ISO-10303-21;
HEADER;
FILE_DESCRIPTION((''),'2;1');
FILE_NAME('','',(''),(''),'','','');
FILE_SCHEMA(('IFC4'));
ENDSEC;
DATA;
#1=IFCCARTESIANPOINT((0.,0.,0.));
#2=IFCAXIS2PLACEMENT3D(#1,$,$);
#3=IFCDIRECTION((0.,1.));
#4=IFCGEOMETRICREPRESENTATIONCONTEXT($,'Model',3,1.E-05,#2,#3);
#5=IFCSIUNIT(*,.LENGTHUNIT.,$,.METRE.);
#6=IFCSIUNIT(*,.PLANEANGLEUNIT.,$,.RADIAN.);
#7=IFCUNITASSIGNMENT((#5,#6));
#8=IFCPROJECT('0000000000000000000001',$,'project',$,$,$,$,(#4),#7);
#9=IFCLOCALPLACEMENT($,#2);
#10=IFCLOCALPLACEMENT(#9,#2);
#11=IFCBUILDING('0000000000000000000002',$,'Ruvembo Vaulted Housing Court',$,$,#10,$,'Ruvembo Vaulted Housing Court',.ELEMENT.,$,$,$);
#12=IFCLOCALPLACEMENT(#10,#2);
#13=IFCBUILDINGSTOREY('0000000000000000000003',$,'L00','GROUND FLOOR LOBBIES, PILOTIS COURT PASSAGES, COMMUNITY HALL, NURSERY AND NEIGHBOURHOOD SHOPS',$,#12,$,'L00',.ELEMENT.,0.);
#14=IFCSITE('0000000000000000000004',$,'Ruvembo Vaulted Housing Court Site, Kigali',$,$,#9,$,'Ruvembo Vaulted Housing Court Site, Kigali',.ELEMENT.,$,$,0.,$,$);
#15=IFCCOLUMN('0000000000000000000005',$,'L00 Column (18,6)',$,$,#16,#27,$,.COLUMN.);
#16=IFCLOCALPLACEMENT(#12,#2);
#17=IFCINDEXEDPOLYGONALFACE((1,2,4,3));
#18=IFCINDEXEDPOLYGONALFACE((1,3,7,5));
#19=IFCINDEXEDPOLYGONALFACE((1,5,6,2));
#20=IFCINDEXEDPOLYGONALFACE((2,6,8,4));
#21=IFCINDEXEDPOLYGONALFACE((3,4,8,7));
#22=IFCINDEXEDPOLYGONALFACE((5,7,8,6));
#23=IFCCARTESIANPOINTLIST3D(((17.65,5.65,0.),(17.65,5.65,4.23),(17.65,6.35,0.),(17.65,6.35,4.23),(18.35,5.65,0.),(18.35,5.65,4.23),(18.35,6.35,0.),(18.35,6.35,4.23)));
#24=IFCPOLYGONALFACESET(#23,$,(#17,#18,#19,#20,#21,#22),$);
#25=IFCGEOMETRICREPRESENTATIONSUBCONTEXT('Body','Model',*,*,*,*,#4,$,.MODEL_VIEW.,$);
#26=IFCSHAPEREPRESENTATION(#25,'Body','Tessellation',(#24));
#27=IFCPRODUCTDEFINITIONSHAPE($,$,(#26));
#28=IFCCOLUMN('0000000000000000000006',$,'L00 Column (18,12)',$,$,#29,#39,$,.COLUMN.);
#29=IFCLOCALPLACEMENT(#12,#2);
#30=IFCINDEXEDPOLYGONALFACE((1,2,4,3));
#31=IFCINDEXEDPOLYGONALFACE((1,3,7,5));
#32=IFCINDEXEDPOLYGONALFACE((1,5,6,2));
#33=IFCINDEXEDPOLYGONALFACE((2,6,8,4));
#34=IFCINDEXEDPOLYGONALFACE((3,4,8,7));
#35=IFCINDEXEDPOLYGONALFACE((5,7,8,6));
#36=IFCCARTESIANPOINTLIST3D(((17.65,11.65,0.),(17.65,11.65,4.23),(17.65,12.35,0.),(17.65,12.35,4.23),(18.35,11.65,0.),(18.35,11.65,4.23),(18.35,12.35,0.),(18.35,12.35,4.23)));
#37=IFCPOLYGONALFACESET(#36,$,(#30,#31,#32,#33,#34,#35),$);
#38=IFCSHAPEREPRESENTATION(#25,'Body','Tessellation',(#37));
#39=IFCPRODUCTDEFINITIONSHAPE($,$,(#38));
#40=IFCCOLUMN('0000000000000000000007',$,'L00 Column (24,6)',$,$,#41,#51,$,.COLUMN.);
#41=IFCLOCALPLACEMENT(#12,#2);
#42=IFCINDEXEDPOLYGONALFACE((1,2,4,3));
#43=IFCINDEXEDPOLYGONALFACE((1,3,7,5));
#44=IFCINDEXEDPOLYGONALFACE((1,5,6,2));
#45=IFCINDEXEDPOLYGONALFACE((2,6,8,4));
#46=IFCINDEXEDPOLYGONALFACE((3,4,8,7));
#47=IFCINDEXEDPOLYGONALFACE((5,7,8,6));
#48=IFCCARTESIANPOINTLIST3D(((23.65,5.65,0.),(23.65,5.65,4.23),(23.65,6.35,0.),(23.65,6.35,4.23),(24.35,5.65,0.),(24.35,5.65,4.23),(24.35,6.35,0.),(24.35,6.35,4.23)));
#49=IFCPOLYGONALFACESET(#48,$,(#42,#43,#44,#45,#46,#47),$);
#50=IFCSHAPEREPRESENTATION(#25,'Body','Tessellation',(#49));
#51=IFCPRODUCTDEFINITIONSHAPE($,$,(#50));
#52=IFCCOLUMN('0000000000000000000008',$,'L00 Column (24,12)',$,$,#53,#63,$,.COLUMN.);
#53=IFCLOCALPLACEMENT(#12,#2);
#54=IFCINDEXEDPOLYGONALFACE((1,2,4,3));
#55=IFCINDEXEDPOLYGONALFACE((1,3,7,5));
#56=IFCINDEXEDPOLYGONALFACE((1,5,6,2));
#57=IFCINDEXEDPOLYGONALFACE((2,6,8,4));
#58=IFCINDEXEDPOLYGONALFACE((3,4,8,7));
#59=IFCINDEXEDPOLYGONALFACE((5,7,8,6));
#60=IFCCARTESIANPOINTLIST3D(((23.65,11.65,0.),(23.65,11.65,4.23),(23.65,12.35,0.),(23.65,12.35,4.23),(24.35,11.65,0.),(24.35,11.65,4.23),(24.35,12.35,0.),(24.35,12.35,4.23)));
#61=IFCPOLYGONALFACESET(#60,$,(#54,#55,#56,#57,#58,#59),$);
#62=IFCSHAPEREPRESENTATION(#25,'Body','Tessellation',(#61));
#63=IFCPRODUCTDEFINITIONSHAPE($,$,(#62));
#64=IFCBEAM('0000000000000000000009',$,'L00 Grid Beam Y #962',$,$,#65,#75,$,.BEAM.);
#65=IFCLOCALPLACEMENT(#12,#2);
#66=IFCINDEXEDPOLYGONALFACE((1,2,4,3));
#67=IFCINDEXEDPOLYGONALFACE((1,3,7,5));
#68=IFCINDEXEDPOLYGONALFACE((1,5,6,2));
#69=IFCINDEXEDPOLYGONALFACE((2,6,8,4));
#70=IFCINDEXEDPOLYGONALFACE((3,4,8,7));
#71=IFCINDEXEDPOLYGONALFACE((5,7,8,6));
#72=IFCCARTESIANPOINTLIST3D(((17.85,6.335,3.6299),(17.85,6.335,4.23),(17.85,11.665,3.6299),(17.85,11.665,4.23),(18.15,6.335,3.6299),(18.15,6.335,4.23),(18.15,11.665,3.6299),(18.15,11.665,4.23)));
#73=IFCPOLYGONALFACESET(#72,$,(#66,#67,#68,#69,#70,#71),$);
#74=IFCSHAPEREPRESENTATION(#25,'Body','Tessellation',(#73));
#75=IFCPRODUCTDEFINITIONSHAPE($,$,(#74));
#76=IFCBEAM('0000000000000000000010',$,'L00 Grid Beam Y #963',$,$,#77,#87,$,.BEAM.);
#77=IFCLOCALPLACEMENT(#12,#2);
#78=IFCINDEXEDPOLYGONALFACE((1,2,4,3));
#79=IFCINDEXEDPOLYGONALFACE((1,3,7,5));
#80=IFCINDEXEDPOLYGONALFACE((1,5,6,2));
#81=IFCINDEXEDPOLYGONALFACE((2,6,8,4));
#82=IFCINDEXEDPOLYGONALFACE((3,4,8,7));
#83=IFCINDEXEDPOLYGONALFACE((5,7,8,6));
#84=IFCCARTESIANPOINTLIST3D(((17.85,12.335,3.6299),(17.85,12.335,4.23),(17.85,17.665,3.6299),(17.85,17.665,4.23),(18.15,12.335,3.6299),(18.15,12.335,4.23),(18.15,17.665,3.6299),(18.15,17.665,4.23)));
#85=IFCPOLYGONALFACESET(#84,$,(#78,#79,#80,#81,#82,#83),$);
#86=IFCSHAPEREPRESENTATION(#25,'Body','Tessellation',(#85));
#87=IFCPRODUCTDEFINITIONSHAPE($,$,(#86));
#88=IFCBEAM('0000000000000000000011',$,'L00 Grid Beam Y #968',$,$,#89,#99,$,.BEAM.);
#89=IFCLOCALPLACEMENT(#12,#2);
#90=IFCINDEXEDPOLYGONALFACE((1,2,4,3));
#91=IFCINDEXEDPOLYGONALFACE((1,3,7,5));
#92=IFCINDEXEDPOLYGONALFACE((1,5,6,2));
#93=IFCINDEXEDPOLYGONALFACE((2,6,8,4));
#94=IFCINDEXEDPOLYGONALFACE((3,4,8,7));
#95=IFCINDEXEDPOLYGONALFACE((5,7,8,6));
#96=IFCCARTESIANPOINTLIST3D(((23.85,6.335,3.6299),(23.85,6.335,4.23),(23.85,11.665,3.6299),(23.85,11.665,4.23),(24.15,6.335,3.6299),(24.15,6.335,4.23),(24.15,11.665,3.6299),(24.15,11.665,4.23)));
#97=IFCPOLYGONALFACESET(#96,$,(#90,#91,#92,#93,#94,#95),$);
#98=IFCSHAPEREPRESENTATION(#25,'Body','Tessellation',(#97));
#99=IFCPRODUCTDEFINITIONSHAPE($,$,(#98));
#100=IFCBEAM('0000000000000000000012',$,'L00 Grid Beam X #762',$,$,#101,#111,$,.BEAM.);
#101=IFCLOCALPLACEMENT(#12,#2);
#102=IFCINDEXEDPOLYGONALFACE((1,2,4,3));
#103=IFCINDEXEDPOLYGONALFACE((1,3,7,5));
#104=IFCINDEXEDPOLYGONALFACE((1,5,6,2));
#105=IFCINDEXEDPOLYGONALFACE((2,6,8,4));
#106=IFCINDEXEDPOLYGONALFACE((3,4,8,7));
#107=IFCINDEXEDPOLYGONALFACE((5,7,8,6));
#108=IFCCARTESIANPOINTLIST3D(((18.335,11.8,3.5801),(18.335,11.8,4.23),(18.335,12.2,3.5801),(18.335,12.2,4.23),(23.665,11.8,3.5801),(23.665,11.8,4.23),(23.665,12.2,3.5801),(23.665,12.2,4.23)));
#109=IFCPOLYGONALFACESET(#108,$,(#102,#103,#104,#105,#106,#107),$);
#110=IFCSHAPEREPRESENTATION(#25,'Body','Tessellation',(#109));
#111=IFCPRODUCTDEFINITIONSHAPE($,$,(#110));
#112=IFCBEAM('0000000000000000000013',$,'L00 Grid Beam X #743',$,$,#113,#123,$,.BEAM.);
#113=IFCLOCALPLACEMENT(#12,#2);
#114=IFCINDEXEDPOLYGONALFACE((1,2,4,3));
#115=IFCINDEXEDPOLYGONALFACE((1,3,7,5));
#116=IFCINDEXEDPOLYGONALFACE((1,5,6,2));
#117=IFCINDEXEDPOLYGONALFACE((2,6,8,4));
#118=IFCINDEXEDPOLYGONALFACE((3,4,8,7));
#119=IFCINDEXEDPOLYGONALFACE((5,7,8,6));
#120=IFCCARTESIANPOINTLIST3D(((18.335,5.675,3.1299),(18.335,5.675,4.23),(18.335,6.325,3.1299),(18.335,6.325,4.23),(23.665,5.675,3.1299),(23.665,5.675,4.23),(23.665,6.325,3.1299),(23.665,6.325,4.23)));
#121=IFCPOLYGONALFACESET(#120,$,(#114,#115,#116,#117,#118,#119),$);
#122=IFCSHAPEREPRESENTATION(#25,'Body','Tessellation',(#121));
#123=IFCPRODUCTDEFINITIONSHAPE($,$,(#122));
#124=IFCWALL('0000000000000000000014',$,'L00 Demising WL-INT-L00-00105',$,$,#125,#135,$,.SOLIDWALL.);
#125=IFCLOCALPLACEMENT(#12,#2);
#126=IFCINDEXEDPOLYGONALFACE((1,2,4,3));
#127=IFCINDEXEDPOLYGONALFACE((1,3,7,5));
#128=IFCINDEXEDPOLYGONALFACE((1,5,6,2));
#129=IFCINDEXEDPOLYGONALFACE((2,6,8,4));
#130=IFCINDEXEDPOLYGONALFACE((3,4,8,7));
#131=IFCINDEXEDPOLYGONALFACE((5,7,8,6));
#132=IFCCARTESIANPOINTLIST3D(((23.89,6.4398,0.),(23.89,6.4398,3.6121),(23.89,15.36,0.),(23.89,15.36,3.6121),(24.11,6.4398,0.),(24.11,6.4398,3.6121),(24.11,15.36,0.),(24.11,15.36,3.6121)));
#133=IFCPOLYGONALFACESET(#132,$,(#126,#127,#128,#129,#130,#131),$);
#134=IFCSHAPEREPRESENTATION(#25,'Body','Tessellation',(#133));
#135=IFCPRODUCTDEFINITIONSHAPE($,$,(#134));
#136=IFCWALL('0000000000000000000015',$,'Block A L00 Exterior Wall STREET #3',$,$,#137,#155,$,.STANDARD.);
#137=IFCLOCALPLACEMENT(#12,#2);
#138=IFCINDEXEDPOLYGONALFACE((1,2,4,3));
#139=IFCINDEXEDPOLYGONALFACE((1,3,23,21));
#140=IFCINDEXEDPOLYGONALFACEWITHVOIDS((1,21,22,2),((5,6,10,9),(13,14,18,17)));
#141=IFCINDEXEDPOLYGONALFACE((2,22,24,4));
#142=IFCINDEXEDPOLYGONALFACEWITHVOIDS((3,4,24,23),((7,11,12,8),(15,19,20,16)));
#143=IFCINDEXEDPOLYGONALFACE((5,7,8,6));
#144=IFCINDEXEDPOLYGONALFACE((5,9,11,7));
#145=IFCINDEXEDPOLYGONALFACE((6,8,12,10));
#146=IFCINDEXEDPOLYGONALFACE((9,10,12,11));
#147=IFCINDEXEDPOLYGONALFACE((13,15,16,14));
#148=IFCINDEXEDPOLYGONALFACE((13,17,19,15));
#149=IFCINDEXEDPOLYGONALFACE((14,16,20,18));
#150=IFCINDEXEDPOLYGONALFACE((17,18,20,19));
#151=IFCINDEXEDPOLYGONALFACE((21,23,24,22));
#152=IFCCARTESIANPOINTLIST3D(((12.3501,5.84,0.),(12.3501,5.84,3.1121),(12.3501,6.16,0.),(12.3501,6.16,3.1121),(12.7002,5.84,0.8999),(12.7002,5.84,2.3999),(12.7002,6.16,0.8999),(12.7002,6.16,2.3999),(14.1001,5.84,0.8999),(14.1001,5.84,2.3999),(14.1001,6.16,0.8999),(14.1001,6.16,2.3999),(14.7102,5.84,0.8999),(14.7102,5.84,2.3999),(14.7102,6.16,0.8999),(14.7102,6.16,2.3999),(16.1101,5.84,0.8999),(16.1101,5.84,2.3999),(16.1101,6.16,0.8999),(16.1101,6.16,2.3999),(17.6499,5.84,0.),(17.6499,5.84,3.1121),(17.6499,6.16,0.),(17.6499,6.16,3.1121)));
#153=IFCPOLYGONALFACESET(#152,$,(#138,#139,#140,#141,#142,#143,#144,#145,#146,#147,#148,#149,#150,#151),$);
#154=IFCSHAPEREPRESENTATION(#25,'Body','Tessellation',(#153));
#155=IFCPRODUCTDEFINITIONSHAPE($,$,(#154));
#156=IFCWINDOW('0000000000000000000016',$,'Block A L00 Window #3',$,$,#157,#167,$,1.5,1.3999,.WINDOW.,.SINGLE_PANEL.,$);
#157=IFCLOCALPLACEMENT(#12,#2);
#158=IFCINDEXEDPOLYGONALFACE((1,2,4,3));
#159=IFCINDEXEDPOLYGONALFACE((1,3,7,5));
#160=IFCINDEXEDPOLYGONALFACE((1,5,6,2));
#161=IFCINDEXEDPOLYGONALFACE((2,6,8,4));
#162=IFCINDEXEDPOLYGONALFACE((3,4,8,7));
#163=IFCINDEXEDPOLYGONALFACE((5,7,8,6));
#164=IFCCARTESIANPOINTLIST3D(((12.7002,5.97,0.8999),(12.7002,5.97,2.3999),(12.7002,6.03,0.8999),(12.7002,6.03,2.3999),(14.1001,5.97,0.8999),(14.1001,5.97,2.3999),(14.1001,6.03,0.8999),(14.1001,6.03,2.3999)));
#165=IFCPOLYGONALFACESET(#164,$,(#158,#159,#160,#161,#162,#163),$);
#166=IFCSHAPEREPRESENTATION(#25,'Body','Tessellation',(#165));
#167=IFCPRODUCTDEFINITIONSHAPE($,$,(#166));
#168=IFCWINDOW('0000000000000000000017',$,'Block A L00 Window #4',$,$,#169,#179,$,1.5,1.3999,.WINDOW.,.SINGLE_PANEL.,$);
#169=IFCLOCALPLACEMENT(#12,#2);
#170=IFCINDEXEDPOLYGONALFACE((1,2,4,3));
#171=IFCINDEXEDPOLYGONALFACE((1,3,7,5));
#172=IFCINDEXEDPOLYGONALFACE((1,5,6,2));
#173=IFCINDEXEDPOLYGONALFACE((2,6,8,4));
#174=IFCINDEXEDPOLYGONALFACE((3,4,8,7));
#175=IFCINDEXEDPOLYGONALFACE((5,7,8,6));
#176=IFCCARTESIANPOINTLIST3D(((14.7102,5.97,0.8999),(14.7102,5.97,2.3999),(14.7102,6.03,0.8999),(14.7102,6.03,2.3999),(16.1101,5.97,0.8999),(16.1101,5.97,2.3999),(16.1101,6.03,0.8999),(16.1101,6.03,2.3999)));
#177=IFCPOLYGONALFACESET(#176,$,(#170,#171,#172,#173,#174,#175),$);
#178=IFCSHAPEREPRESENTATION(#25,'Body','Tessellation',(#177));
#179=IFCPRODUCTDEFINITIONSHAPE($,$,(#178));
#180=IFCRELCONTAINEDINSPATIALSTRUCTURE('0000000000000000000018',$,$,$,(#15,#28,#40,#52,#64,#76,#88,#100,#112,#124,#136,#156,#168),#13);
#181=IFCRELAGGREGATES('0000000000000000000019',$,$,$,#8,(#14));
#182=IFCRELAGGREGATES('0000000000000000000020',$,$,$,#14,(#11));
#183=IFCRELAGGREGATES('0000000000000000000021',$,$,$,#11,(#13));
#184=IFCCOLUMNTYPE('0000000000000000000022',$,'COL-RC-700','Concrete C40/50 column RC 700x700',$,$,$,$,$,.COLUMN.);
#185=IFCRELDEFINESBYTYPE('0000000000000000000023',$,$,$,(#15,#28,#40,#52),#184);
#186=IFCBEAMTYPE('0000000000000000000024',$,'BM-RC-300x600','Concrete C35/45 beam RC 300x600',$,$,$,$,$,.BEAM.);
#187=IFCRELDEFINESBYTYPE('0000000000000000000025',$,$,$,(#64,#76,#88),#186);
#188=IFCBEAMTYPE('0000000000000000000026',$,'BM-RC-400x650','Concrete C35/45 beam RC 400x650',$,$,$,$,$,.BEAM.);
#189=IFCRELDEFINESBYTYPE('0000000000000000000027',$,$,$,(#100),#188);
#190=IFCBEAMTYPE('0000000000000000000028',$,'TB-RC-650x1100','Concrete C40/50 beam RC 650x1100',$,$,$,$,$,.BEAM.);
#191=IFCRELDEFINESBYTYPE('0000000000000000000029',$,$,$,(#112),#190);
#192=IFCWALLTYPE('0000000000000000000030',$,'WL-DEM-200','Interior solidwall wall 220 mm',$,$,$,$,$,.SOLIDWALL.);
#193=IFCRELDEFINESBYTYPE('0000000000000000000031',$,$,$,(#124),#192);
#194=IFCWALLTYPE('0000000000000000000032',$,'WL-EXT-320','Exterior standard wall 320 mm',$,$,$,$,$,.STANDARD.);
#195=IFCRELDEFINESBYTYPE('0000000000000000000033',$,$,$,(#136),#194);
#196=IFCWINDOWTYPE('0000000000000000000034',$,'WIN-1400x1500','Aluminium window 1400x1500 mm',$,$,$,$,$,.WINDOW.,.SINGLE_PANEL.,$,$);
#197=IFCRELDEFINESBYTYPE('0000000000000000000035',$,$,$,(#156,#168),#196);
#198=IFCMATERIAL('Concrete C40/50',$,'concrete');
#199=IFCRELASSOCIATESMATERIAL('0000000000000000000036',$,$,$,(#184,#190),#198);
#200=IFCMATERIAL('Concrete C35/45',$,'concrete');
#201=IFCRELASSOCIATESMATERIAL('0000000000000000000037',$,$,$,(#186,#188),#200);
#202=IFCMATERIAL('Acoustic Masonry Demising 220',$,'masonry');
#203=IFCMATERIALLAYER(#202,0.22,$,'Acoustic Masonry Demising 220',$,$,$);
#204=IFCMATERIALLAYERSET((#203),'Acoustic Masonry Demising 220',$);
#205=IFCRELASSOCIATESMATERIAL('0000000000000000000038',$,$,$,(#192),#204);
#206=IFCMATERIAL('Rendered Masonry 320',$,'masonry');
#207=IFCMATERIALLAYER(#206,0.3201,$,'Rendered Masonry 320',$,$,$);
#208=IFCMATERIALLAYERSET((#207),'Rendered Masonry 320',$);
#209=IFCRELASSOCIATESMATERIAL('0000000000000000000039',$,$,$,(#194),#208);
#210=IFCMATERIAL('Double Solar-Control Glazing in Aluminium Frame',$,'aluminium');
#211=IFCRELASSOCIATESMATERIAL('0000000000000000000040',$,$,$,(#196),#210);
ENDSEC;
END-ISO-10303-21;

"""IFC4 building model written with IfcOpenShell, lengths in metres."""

from ifc_helpers import new_model, si_unit, direction, frame, frame_2d, origin, origin_2d, place, context, subcontext, project, spatial, rectangle, extrude, material, layer, layer_set, material_profile, profile_set, type_object, element, fill, save


model = new_model("IFC4")

# Units and contexts
model_context = context("Model", 3, precision=1e-05, world=origin(), true_north=direction((0.0, 1.0)))
body_context = subcontext(model_context, "Body", "Model", "MODEL_VIEW")
ifc_project = project(units=[si_unit("LENGTHUNIT", "METRE"), si_unit("PLANEANGLEUNIT", "RADIAN")], contexts=[model_context])

# Site, building, storey
site_placement = place(None, origin())
site = spatial("IfcSite", under=ifc_project, at=site_placement, Name="Ruvembo Vaulted Housing Court Site, Kigali", LongName="Ruvembo Vaulted Housing Court Site, Kigali", CompositionType="ELEMENT", RefElevation=0.0)
building_placement = place(site_placement, origin())
building = spatial("IfcBuilding", under=site, at=building_placement, Name="Ruvembo Vaulted Housing Court", LongName="Ruvembo Vaulted Housing Court", CompositionType="ELEMENT")
storey_placement = place(building_placement, origin())
storey = spatial("IfcBuildingStorey", under=building, at=storey_placement, Name="L00", Description="GROUND FLOOR LOBBIES, PILOTIS COURT PASSAGES, COMMUNITY HALL, NURSERY AND NEIGHBOURHOOD SHOPS", LongName="L00", CompositionType="ELEMENT", Elevation=0.0)

# Columns
ifc_material_1 = material(Name="Concrete C40/50", Category="concrete")
ifc_material_profile_1 = material_profile(ifc_material_1, rectangle(XDim=0.7, YDim=0.7, at=origin_2d()), Name="RC 700x700")
ifc_profile_set_1 = profile_set([ifc_material_profile_1], Name="Concrete C40/50")
column_type = type_object("IfcColumnType", Name="COL-RC-700", Description="Concrete C40/50 column RC 700x700", PredefinedType="COLUMN", material=ifc_profile_set_1)
for number, where, z_axis, x_axis, name in (
    (1, (18.0, 6.0, 0.0), (0.0, 0.0, 1.0), (1.0, 0.0, 0.0), "L00 Column (18,6)"),
    (2, (18.0, 12.0, 0.0), (0.0, 0.0, 1.0), (1.0, 0.0, 0.0), "L00 Column (18,12)"),
    (3, (24.0, 6.0, 0.0), (0.0, 0.0, 1.0), (1.0, 0.0, 0.0), "L00 Column (24,6)"),
    (4, (24.0, 12.0, 0.0), (0.0, 0.0, 1.0), (1.0, 0.0, 0.0), "L00 Column (24,12)"),
):
    element("IfcColumn", number, at=place(storey_placement, frame(where, z_axis=z_axis, x_axis=x_axis)), inside=storey, type_object=column_type, Name=name, PredefinedType="COLUMN", context=body_context, shape_type="SweptSolid", body=[
        extrude(rectangle(XDim=0.7, YDim=0.7, at=origin_2d()), origin(), (0.0, 0.0, 1.0), 4.23),
    ])

# Beams
ifc_material_2 = material(Name="Concrete C35/45", Category="concrete")
ifc_material_profile_2 = material_profile(ifc_material_2, rectangle(XDim=0.3, YDim=0.6001, at=origin_2d()), Name="RC 300x600")
ifc_profile_set_2 = profile_set([ifc_material_profile_2], Name="Concrete C35/45")
beam_type_1 = type_object("IfcBeamType", Name="BM-RC-300x600", Description="Concrete C35/45 beam RC 300x600", PredefinedType="BEAM", material=ifc_profile_set_2)
for number, where, z_axis, x_axis, name in (
    (5, (18.0, 6.335, 3.9299), (0.0, 1.0, 0.0), (-1.0, 0.0, 0.0), "L00 Grid Beam Y #962"),
    (6, (18.0, 12.335, 3.9299), (0.0, 1.0, 0.0), (-1.0, 0.0, 0.0), "L00 Grid Beam Y #963"),
    (7, (24.0, 6.335, 3.9299), (0.0, 1.0, 0.0), (-1.0, 0.0, 0.0), "L00 Grid Beam Y #968"),
):
    element("IfcBeam", number, at=place(storey_placement, frame(where, z_axis=z_axis, x_axis=x_axis)), inside=storey, type_object=beam_type_1, Name=name, PredefinedType="BEAM", context=body_context, shape_type="SweptSolid", body=[
        extrude(rectangle(XDim=0.3, YDim=0.6001, at=origin_2d()), origin(), (0.0, 0.0, 1.0), 5.3301),
    ])
ifc_material_profile_3 = material_profile(ifc_material_2, rectangle(XDim=0.3999, YDim=0.6499, at=origin_2d()), Name="RC 400x650")
ifc_profile_set_3 = profile_set([ifc_material_profile_3], Name="Concrete C35/45")
beam_type_2 = type_object("IfcBeamType", Name="BM-RC-400x650", Description="Concrete C35/45 beam RC 400x650", PredefinedType="BEAM", material=ifc_profile_set_3)
beam_1_placement = place(storey_placement, frame((18.335, 12.0, 3.905), z_axis=(1.0, 0.0, 0.0), x_axis=(0.0, 1.0, 0.0)))
element("IfcBeam", 8, at=beam_1_placement, inside=storey, type_object=beam_type_2, Name="L00 Grid Beam X #762", PredefinedType="BEAM", context=body_context, shape_type="SweptSolid", body=[
    extrude(rectangle(XDim=0.3999, YDim=0.6499, at=origin_2d()), origin(), (0.0, 0.0, 1.0), 5.3301),
])
ifc_material_profile_4 = material_profile(ifc_material_1, rectangle(XDim=0.6499, YDim=1.1001, at=origin_2d()), Name="RC 650x1100")
ifc_profile_set_4 = profile_set([ifc_material_profile_4], Name="Concrete C40/50")
beam_type_3 = type_object("IfcBeamType", Name="TB-RC-650x1100", Description="Concrete C40/50 beam RC 650x1100", PredefinedType="BEAM", material=ifc_profile_set_4)
beam_2_placement = place(storey_placement, frame((18.335, 6.0, 3.6799), z_axis=(1.0, 0.0, 0.0), x_axis=(0.0, 1.0, 0.0)))
element("IfcBeam", 9, at=beam_2_placement, inside=storey, type_object=beam_type_3, Name="L00 Grid Beam X #743", PredefinedType="BEAM", context=body_context, shape_type="SweptSolid", body=[
    extrude(rectangle(XDim=0.6499, YDim=1.1001, at=origin_2d()), origin(), (0.0, 0.0, 1.0), 5.3301),
])

# Wall
ifc_material_3 = material(Name="Acoustic Masonry Demising 220", Category="masonry")
ifc_layer_1 = layer(ifc_material_3, 0.22, Name="Acoustic Masonry Demising 220")
ifc_layer_set_1 = layer_set([ifc_layer_1], Name="Acoustic Masonry Demising 220")
wall_type_1 = type_object("IfcWallType", Name="WL-DEM-200", Description="Interior solidwall wall 220 mm", PredefinedType="SOLIDWALL", material=ifc_layer_set_1)
wall_1_placement = place(storey_placement, frame((24.0, 6.4399, 0.0), z_axis=(0.0, 0.0, 1.0), x_axis=(0.0, 1.0, 0.0)))
element("IfcWall", 10, at=wall_1_placement, inside=storey, type_object=wall_type_1, Name="L00 Demising WL-INT-L00-00105", PredefinedType="SOLIDWALL", context=body_context, shape_type="SweptSolid", body=[
    extrude(rectangle(XDim=8.9202, YDim=0.22, at=frame_2d((4.46, 0.0))), origin(), (0.0, 0.0, 1.0), 3.6121),
])

# Wall, openings, windows
ifc_material_4 = material(Name="Rendered Masonry 320", Category="masonry")
ifc_layer_2 = layer(ifc_material_4, 0.3201, Name="Rendered Masonry 320")
ifc_layer_set_2 = layer_set([ifc_layer_2], Name="Rendered Masonry 320")
wall_type_2 = type_object("IfcWallType", Name="WL-EXT-320", Description="Exterior standard wall 320 mm", PredefinedType="STANDARD", material=ifc_layer_set_2)
wall_2_placement = place(storey_placement, frame((12.3501, 6.0, 0.0), z_axis=(0.0, 0.0, 1.0), x_axis=(1.0, 0.0, 0.0)))
wall_2 = element("IfcWall", 11, at=wall_2_placement, inside=storey, type_object=wall_type_2, Name="Block A L00 Exterior Wall STREET #3", PredefinedType="STANDARD", context=body_context, shape_type="SweptSolid", body=[
    extrude(rectangle(XDim=5.2998, YDim=0.3201, at=frame_2d((2.6499, 0.0))), origin(), (0.0, 0.0, 1.0), 3.1121),
])
opening_1_placement = place(wall_2_placement, frame((0.3501, 0.0, 0.8999)))
opening_1 = element("IfcOpeningElement", 12, at=opening_1_placement, cuts=wall_2, PredefinedType="OPENING", context=body_context, shape_type="SweptSolid", body=[
    extrude(rectangle(XDim=1.3999, YDim=1.5, at=frame_2d((0.7, 0.75))), frame((0.0, 0.1699, 0.0), z_axis=(0.0, -1.0, 0.0), x_axis=(1.0, 0.0, 0.0)), (0.0, 0.0, 1.0), 0.3401),
])
opening_2_placement = place(wall_2_placement, frame((2.3601, 0.0, 0.8999)))
opening_2 = element("IfcOpeningElement", 13, at=opening_2_placement, cuts=wall_2, PredefinedType="OPENING", context=body_context, shape_type="SweptSolid", body=[
    extrude(rectangle(XDim=1.3999, YDim=1.5, at=frame_2d((0.7, 0.75))), frame((0.0, 0.1699, 0.0), z_axis=(0.0, -1.0, 0.0), x_axis=(1.0, 0.0, 0.0)), (0.0, 0.0, 1.0), 0.3401),
])
ifc_material_5 = material(Name="Double Solar-Control Glazing in Aluminium Frame", Category="aluminium")
window_type_1 = type_object("IfcWindowType", Name="WIN-1400x1500", Description="Aluminium window 1400x1500 mm", PartitioningType="SINGLE_PANEL", PredefinedType="WINDOW", material=ifc_material_5)
window_1_placement = place(opening_1_placement, origin())
window_1 = element("IfcWindow", 14, at=window_1_placement, inside=storey, type_object=window_type_1, Name="Block A L00 Window #3", OverallHeight=1.5, OverallWidth=1.3999, PartitioningType="SINGLE_PANEL", PredefinedType="WINDOW", context=body_context, shape_type="SweptSolid", body=[
    extrude(rectangle(XDim=1.3999, YDim=1.5, at=frame_2d((0.7, 0.75))), frame((0.0, 0.03, 0.0), z_axis=(0.0, -1.0, 0.0), x_axis=(1.0, 0.0, 0.0)), (0.0, 0.0, 1.0), 0.0601),
])
fill(opening_1, window_1)
window_2_placement = place(opening_2_placement, origin())
window_2 = element("IfcWindow", 15, at=window_2_placement, inside=storey, type_object=window_type_1, Name="Block A L00 Window #4", OverallHeight=1.5, OverallWidth=1.3999, PartitioningType="SINGLE_PANEL", PredefinedType="WINDOW", context=body_context, shape_type="SweptSolid", body=[
    extrude(rectangle(XDim=1.3999, YDim=1.5, at=frame_2d((0.7, 0.75))), frame((0.0, 0.03, 0.0), z_axis=(0.0, -1.0, 0.0), x_axis=(1.0, 0.0, 0.0)), (0.0, 0.0, 1.0), 0.0601),
])
fill(opening_2, window_2)

save(model, "model.ifc")
